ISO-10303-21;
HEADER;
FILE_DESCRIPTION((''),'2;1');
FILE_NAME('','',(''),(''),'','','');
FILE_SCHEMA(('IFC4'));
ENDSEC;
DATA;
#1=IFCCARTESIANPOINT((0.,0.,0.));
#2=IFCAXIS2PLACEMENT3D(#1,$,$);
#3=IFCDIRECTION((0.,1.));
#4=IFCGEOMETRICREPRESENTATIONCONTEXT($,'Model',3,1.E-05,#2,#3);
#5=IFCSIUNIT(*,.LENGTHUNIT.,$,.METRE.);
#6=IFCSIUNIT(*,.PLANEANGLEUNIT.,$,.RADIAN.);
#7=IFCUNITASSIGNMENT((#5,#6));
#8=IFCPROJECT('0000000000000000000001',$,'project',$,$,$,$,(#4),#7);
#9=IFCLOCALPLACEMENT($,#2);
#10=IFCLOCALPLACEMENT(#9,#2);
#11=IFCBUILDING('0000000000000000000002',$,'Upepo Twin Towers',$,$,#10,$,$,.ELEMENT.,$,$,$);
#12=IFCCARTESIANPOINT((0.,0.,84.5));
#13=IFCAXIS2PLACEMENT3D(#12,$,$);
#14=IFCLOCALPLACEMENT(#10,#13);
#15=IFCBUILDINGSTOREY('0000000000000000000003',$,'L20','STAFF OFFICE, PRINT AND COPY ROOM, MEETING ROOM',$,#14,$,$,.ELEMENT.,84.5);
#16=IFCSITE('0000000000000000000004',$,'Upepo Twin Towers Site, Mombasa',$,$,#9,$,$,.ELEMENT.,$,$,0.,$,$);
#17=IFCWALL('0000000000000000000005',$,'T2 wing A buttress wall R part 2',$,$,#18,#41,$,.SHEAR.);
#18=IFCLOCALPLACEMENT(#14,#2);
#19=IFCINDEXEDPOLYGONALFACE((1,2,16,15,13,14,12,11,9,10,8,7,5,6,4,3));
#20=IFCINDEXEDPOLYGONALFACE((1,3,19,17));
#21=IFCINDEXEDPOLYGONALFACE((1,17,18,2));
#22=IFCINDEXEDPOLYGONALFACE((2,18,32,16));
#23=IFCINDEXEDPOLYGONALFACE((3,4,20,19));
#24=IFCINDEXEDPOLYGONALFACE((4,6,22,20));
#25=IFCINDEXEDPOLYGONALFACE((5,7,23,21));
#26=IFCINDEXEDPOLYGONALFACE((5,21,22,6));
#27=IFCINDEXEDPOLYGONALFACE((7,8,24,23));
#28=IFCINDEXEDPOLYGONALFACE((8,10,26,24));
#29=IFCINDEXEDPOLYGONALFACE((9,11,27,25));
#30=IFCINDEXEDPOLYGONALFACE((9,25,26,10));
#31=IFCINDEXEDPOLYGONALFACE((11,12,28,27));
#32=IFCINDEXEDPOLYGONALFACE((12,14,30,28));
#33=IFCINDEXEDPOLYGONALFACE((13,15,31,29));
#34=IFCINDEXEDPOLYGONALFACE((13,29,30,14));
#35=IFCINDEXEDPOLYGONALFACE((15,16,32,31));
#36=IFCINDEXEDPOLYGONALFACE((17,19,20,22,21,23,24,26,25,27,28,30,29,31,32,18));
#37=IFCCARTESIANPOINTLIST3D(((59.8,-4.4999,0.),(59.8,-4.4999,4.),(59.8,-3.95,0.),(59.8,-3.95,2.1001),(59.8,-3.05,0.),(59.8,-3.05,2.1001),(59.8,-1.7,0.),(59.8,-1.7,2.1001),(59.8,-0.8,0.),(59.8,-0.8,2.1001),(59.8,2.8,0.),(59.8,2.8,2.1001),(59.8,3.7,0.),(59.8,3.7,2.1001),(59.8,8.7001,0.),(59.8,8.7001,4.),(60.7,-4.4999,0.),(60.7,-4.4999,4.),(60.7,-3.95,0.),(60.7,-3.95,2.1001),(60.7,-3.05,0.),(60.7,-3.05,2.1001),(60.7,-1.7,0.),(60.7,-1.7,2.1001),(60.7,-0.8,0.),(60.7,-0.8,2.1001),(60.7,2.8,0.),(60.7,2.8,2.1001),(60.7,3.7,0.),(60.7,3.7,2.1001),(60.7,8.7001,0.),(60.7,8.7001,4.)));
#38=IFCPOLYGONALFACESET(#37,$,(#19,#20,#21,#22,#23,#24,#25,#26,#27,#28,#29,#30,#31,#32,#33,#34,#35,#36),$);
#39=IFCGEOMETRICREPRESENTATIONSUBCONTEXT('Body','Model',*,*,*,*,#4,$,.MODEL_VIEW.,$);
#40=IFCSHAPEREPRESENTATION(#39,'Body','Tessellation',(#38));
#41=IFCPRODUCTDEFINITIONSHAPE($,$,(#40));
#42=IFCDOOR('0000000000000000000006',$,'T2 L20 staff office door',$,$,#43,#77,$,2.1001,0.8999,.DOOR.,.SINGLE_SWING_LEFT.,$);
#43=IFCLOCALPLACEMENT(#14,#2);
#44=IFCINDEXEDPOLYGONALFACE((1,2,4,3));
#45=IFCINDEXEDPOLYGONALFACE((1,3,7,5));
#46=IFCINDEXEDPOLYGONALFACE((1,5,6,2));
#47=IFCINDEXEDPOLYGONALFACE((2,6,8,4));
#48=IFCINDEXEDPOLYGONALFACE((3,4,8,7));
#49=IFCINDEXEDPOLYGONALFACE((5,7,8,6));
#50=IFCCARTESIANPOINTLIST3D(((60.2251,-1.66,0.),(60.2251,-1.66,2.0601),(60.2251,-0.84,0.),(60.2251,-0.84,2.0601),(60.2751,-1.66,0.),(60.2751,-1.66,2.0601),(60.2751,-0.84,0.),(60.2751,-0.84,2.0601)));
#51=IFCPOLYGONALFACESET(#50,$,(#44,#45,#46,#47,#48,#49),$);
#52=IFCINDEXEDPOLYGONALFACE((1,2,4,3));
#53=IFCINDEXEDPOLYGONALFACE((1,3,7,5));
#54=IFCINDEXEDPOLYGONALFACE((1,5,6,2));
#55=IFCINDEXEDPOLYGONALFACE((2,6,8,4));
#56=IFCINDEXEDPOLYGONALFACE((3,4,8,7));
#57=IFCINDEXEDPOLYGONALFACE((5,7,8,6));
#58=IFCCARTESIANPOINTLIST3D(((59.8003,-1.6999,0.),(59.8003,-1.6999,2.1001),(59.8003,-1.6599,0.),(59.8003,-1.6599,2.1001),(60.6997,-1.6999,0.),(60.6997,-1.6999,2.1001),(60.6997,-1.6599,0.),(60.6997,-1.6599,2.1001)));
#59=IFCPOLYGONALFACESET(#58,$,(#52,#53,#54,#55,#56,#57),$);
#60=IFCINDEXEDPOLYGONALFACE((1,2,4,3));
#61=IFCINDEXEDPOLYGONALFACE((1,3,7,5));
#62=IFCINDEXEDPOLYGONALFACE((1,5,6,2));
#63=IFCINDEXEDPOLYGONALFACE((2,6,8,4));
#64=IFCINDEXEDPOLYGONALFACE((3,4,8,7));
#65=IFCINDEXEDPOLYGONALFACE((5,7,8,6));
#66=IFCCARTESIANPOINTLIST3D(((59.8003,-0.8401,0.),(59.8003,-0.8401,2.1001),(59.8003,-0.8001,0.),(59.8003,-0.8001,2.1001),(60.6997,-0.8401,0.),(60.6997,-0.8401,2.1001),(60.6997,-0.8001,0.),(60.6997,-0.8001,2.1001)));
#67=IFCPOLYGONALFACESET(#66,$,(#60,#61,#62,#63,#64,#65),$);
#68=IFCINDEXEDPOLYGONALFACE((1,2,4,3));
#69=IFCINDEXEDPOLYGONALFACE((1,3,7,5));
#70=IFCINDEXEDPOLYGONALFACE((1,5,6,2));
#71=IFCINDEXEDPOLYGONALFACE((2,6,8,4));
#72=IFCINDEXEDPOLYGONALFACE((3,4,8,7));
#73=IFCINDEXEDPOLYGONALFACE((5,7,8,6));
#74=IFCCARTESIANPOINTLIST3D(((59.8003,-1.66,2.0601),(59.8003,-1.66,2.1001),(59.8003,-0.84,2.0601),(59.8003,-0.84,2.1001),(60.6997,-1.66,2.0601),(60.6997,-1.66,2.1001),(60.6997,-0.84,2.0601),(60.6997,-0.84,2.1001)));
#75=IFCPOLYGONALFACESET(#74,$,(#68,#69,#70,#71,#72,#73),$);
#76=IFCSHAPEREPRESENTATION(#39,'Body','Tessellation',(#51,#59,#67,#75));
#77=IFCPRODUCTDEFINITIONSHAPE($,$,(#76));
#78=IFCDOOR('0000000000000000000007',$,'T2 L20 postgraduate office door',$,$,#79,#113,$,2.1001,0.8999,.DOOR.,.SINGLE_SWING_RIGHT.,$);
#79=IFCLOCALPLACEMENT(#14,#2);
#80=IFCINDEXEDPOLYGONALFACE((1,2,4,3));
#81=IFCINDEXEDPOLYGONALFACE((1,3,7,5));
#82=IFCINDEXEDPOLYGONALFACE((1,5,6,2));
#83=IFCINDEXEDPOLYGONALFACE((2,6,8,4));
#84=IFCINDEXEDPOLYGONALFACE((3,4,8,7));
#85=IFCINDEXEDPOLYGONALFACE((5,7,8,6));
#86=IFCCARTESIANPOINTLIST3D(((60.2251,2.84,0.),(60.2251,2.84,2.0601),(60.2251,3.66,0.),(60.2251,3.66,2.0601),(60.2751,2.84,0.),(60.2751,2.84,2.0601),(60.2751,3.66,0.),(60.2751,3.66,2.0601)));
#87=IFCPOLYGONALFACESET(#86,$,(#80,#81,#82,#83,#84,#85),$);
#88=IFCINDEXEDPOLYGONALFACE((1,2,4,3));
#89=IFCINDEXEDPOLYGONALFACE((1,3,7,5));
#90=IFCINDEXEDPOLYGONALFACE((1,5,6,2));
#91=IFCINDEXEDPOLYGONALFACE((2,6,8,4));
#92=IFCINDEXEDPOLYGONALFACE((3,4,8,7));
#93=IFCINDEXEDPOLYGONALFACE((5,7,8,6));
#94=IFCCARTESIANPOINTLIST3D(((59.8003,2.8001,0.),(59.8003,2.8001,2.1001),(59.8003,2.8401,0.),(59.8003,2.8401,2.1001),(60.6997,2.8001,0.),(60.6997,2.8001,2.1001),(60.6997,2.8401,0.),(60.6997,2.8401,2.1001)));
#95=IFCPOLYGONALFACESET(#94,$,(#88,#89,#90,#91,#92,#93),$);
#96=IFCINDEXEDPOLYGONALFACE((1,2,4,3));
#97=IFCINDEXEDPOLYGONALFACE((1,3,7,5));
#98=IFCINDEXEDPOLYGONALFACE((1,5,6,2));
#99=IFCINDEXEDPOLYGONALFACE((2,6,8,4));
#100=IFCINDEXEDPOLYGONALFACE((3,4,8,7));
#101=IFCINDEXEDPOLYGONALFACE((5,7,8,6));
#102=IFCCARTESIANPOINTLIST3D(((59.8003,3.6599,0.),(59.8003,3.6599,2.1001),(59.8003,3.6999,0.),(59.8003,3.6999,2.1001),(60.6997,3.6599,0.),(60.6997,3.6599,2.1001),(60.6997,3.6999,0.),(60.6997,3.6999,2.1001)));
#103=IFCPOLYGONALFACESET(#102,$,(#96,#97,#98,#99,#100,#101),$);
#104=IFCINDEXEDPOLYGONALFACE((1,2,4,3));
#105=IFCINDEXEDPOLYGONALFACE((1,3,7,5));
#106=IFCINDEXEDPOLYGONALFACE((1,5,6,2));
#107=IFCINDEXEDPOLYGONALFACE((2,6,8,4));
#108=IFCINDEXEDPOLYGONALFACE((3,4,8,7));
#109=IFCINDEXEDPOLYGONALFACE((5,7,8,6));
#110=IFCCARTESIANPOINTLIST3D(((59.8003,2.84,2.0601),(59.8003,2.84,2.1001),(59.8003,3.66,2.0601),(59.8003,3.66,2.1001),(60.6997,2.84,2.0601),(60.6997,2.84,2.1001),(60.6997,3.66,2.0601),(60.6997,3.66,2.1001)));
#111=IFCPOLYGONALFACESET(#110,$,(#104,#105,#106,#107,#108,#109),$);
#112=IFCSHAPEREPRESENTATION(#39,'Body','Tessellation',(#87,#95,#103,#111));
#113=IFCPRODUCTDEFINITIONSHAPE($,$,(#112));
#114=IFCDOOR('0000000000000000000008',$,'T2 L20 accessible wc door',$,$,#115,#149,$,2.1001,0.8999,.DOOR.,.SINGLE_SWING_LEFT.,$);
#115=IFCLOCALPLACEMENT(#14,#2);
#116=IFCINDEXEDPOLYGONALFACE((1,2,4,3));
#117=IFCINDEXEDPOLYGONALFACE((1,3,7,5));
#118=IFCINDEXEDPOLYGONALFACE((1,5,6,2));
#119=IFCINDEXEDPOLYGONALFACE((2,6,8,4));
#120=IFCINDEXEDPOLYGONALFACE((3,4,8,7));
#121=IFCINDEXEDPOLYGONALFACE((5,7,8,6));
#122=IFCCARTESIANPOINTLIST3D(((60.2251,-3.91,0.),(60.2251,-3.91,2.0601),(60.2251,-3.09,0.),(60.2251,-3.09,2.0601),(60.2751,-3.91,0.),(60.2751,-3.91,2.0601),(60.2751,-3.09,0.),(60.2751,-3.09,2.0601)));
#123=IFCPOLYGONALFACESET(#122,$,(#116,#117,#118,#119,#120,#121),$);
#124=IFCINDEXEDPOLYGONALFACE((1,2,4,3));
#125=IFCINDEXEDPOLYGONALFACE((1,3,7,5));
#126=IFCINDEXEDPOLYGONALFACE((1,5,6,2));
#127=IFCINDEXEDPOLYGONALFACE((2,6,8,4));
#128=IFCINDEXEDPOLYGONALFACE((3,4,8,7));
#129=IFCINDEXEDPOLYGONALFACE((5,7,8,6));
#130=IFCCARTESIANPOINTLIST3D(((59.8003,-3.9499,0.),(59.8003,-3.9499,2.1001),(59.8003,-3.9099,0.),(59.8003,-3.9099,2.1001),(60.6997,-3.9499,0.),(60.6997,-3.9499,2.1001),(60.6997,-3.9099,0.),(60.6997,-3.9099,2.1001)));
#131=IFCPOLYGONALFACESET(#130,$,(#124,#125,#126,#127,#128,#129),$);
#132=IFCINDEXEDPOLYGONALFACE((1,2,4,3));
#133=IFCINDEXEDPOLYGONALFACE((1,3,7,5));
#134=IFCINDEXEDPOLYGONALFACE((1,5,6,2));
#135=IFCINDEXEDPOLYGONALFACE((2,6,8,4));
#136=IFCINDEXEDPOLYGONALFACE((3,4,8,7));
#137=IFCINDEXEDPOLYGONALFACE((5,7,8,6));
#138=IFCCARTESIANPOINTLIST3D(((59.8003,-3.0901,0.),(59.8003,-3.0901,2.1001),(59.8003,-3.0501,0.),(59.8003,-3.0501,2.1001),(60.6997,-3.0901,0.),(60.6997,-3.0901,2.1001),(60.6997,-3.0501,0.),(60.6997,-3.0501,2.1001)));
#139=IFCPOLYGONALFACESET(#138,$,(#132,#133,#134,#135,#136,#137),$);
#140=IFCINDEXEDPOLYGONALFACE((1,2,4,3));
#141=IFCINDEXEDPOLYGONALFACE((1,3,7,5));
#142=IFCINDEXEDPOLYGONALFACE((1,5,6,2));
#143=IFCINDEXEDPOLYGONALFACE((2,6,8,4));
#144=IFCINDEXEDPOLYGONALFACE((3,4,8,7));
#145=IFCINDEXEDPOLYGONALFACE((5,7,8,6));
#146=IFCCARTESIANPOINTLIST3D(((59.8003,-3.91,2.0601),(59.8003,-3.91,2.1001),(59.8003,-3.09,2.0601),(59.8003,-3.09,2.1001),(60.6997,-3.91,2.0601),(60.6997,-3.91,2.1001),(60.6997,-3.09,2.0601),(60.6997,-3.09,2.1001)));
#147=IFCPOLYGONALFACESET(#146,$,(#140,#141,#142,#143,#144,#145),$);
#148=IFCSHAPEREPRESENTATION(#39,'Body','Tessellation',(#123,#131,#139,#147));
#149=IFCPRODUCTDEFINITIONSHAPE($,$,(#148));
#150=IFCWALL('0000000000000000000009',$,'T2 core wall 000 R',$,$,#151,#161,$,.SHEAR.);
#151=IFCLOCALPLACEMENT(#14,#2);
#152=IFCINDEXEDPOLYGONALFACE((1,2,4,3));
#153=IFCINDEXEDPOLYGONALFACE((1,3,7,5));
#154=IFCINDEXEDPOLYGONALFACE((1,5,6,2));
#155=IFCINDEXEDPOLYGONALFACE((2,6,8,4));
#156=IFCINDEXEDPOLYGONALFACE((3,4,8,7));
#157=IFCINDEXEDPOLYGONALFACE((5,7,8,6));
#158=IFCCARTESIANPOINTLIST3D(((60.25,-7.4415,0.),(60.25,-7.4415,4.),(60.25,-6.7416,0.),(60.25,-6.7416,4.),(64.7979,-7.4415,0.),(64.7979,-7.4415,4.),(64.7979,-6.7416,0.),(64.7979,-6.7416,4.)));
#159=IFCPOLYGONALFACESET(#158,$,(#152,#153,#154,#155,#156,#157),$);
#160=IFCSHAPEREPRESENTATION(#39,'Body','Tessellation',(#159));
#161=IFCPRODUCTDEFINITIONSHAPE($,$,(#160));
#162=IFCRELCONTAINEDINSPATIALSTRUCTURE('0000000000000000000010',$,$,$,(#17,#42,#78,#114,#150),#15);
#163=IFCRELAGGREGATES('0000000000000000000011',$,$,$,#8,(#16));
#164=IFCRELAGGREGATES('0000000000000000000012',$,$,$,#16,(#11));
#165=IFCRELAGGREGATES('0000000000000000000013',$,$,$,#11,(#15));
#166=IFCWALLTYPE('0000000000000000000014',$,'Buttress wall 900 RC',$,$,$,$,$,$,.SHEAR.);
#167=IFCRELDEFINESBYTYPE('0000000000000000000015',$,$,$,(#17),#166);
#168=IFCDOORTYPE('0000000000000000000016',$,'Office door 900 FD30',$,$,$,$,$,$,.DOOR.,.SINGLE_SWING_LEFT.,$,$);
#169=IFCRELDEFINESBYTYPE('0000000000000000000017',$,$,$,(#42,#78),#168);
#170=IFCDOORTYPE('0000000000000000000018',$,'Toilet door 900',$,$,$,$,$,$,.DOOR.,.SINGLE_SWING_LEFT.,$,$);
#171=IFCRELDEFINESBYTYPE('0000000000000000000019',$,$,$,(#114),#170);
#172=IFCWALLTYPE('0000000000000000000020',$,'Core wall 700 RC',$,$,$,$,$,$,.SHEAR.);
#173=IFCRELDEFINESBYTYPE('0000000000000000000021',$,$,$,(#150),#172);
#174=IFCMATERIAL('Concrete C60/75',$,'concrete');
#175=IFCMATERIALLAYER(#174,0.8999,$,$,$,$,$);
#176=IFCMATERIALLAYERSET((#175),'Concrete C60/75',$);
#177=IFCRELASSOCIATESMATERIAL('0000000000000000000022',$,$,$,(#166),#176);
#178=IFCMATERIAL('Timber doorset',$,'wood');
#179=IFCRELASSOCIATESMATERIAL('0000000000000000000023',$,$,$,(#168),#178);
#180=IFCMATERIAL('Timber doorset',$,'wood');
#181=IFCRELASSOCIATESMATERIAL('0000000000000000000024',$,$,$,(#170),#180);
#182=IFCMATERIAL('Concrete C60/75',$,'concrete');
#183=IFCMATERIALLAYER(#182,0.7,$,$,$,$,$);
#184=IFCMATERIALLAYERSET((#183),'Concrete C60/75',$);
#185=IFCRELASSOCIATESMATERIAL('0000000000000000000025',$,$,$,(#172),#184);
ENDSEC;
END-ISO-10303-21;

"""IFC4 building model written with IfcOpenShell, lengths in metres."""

from ifc_helpers import new_model, si_unit, direction, frame, frame_2d, origin, place, context, subcontext, project, spatial, rectangle, extrude, material, layer, layer_set, type_object, element, fill, save


model = new_model("IFC4")

# Units and contexts
model_context = context("Model", 3, precision=1e-05, world=origin(), true_north=direction((0.0, 1.0)))
body_context = subcontext(model_context, "Body", "Model", "MODEL_VIEW")
ifc_project = project(units=[si_unit("LENGTHUNIT", "METRE"), si_unit("PLANEANGLEUNIT", "RADIAN")], contexts=[model_context])

# Site, building, storey
site_placement = place(None, origin())
site = spatial("IfcSite", under=ifc_project, at=site_placement, Name="Upepo Twin Towers Site, Mombasa", CompositionType="ELEMENT", RefElevation=0.0)
building_placement = place(site_placement, origin())
building = spatial("IfcBuilding", under=site, at=building_placement, Name="Upepo Twin Towers", CompositionType="ELEMENT")
storey_placement = place(building_placement, frame((0.0, 0.0, 84.5)))
storey = spatial("IfcBuildingStorey", under=building, at=storey_placement, Name="L20", Description="STAFF OFFICE, PRINT AND COPY ROOM, MEETING ROOM", CompositionType="ELEMENT", Elevation=84.5)

# Wall, openings, doors
ifc_material_1 = material(Name="Concrete C60/75", Category="concrete")
ifc_layer_1 = layer(ifc_material_1, 0.8999)
ifc_layer_set_1 = layer_set([ifc_layer_1], Name="Concrete C60/75")
wall_type_1 = type_object("IfcWallType", Name="Buttress wall 900 RC", PredefinedType="SHEAR", material=ifc_layer_set_1)
wall_1_placement = place(storey_placement, frame((60.25, -4.5, 0.0), z_axis=(0.0, 0.0, 1.0), x_axis=(0.0, 1.0, 0.0)))
wall_1 = element("IfcWall", 1, at=wall_1_placement, inside=storey, type_object=wall_type_1, Name="T2 wing A buttress wall R part 2", PredefinedType="SHEAR", context=body_context, shape_type="SweptSolid", body=[
    extrude(rectangle(XDim=13.2, YDim=0.8999, at=frame_2d((6.6001, 0.0))), origin(), (0.0, 0.0, 1.0), 4.0),
])
opening_1_placement = place(wall_1_placement, frame((0.55, 0.0, 0.0)))
opening_1 = element("IfcOpeningElement", 2, at=opening_1_placement, cuts=wall_1, PredefinedType="OPENING", context=body_context, shape_type="SweptSolid", body=[
    extrude(rectangle(XDim=0.8999, YDim=2.1001, at=frame_2d((0.45, 1.05))), frame((0.0, 0.46, 0.0), z_axis=(0.0, -1.0, 0.0), x_axis=(1.0, 0.0, 0.0)), (0.0, 0.0, 1.0), 0.9199),
])
opening_2_placement = place(wall_1_placement, frame((2.8, 0.0, 0.0)))
opening_2 = element("IfcOpeningElement", 3, at=opening_2_placement, cuts=wall_1, PredefinedType="OPENING", context=body_context, shape_type="SweptSolid", body=[
    extrude(rectangle(XDim=0.8999, YDim=2.1001, at=frame_2d((0.45, 1.05))), frame((0.0, 0.46, 0.0), z_axis=(0.0, -1.0, 0.0), x_axis=(1.0, 0.0, 0.0)), (0.0, 0.0, 1.0), 0.9199),
])
opening_3_placement = place(wall_1_placement, frame((7.3, 0.0, 0.0)))
opening_3 = element("IfcOpeningElement", 4, at=opening_3_placement, cuts=wall_1, PredefinedType="OPENING", context=body_context, shape_type="SweptSolid", body=[
    extrude(rectangle(XDim=0.8999, YDim=2.1001, at=frame_2d((0.45, 1.05))), frame((0.0, 0.46, 0.0), z_axis=(0.0, -1.0, 0.0), x_axis=(1.0, 0.0, 0.0)), (0.0, 0.0, 1.0), 0.9199),
])
ifc_material_2 = material(Name="Timber doorset", Category="wood")
door_type_1 = type_object("IfcDoorType", Name="Office door 900 FD30", OperationType="SINGLE_SWING_LEFT", PredefinedType="DOOR", material=ifc_material_2)
door_1_placement = place(opening_2_placement, origin())
door_1 = element("IfcDoor", 5, at=door_1_placement, inside=storey, type_object=door_type_1, Name="T2 L20 staff office door", OperationType="SINGLE_SWING_LEFT", OverallHeight=2.1001, OverallWidth=0.8999, PredefinedType="DOOR", context=body_context, shape_type="SweptSolid", body=[
    extrude(rectangle(XDim=0.8199, YDim=2.0601, at=frame_2d((0.45, 1.03))), frame((0.0, 0.0249, 0.0), z_axis=(0.0, -1.0, 0.0), x_axis=(1.0, 0.0, 0.0)), (0.0, 0.0, 1.0), 0.05),
    extrude(rectangle(XDim=0.04, YDim=2.1001, at=frame_2d((0.02, 1.05))), frame((0.0, 0.4497, 0.0), z_axis=(0.0, -1.0, 0.0), x_axis=(1.0, 0.0, 0.0)), (0.0, 0.0, 1.0), 0.8994),
    extrude(rectangle(XDim=0.04, YDim=2.1001, at=frame_2d((0.8799, 1.05))), frame((0.0, 0.4497, 0.0), z_axis=(0.0, -1.0, 0.0), x_axis=(1.0, 0.0, 0.0)), (0.0, 0.0, 1.0), 0.8994),
    extrude(rectangle(XDim=0.8199, YDim=0.04, at=frame_2d((0.45, 2.0801))), frame((0.0, 0.4497, 0.0), z_axis=(0.0, -1.0, 0.0), x_axis=(1.0, 0.0, 0.0)), (0.0, 0.0, 1.0), 0.8994),
])
fill(opening_2, door_1)
door_2_placement = place(opening_3_placement, origin())
door_2 = element("IfcDoor", 6, at=door_2_placement, inside=storey, type_object=door_type_1, Name="T2 L20 postgraduate office door", OperationType="SINGLE_SWING_RIGHT", OverallHeight=2.1001, OverallWidth=0.8999, PredefinedType="DOOR", context=body_context, shape_type="SweptSolid", body=[
    extrude(rectangle(XDim=0.8199, YDim=2.0601, at=frame_2d((0.45, 1.03))), frame((0.0, 0.0249, 0.0), z_axis=(0.0, -1.0, 0.0), x_axis=(1.0, 0.0, 0.0)), (0.0, 0.0, 1.0), 0.05),
    extrude(rectangle(XDim=0.04, YDim=2.1001, at=frame_2d((0.02, 1.05))), frame((0.0, 0.4497, 0.0), z_axis=(0.0, -1.0, 0.0), x_axis=(1.0, 0.0, 0.0)), (0.0, 0.0, 1.0), 0.8994),
    extrude(rectangle(XDim=0.04, YDim=2.1001, at=frame_2d((0.8799, 1.05))), frame((0.0, 0.4497, 0.0), z_axis=(0.0, -1.0, 0.0), x_axis=(1.0, 0.0, 0.0)), (0.0, 0.0, 1.0), 0.8994),
    extrude(rectangle(XDim=0.8199, YDim=0.04, at=frame_2d((0.45, 2.0801))), frame((0.0, 0.4497, 0.0), z_axis=(0.0, -1.0, 0.0), x_axis=(1.0, 0.0, 0.0)), (0.0, 0.0, 1.0), 0.8994),
])
fill(opening_3, door_2)
ifc_material_3 = material(Name="Timber doorset", Category="wood")
door_type_2 = type_object("IfcDoorType", Name="Toilet door 900", OperationType="SINGLE_SWING_LEFT", PredefinedType="DOOR", material=ifc_material_3)
door_3_placement = place(opening_1_placement, origin())
door_3 = element("IfcDoor", 7, at=door_3_placement, inside=storey, type_object=door_type_2, Name="T2 L20 accessible wc door", OperationType="SINGLE_SWING_LEFT", OverallHeight=2.1001, OverallWidth=0.8999, PredefinedType="DOOR", context=body_context, shape_type="SweptSolid", body=[
    extrude(rectangle(XDim=0.8199, YDim=2.0601, at=frame_2d((0.45, 1.03))), frame((0.0, 0.0249, 0.0), z_axis=(0.0, -1.0, 0.0), x_axis=(1.0, 0.0, 0.0)), (0.0, 0.0, 1.0), 0.05),
    extrude(rectangle(XDim=0.04, YDim=2.1001, at=frame_2d((0.02, 1.05))), frame((0.0, 0.4497, 0.0), z_axis=(0.0, -1.0, 0.0), x_axis=(1.0, 0.0, 0.0)), (0.0, 0.0, 1.0), 0.8994),
    extrude(rectangle(XDim=0.04, YDim=2.1001, at=frame_2d((0.8799, 1.05))), frame((0.0, 0.4497, 0.0), z_axis=(0.0, -1.0, 0.0), x_axis=(1.0, 0.0, 0.0)), (0.0, 0.0, 1.0), 0.8994),
    extrude(rectangle(XDim=0.8199, YDim=0.04, at=frame_2d((0.45, 2.0801))), frame((0.0, 0.4497, 0.0), z_axis=(0.0, -1.0, 0.0), x_axis=(1.0, 0.0, 0.0)), (0.0, 0.0, 1.0), 0.8994),
])
fill(opening_1, door_3)

# Wall
ifc_material_4 = material(Name="Concrete C60/75", Category="concrete")
ifc_layer_2 = layer(ifc_material_4, 0.7)
ifc_layer_set_2 = layer_set([ifc_layer_2], Name="Concrete C60/75")
wall_type_2 = type_object("IfcWallType", Name="Core wall 700 RC", PredefinedType="SHEAR", material=ifc_layer_set_2)
wall_2_placement = place(storey_placement, frame((64.7979, -7.0916, 0.0), z_axis=(0.0, 0.0, 1.0), x_axis=(-1.0, 0.0, 0.0)))
element("IfcWall", 8, at=wall_2_placement, inside=storey, type_object=wall_type_2, Name="T2 core wall 000 R", PredefinedType="SHEAR", context=body_context, shape_type="SweptSolid", body=[
    extrude(rectangle(XDim=4.5479, YDim=0.7, at=frame_2d((2.2739, 0.0))), origin(), (0.0, 0.0, 1.0), 4.0),
])

save(model, "model.ifc")
